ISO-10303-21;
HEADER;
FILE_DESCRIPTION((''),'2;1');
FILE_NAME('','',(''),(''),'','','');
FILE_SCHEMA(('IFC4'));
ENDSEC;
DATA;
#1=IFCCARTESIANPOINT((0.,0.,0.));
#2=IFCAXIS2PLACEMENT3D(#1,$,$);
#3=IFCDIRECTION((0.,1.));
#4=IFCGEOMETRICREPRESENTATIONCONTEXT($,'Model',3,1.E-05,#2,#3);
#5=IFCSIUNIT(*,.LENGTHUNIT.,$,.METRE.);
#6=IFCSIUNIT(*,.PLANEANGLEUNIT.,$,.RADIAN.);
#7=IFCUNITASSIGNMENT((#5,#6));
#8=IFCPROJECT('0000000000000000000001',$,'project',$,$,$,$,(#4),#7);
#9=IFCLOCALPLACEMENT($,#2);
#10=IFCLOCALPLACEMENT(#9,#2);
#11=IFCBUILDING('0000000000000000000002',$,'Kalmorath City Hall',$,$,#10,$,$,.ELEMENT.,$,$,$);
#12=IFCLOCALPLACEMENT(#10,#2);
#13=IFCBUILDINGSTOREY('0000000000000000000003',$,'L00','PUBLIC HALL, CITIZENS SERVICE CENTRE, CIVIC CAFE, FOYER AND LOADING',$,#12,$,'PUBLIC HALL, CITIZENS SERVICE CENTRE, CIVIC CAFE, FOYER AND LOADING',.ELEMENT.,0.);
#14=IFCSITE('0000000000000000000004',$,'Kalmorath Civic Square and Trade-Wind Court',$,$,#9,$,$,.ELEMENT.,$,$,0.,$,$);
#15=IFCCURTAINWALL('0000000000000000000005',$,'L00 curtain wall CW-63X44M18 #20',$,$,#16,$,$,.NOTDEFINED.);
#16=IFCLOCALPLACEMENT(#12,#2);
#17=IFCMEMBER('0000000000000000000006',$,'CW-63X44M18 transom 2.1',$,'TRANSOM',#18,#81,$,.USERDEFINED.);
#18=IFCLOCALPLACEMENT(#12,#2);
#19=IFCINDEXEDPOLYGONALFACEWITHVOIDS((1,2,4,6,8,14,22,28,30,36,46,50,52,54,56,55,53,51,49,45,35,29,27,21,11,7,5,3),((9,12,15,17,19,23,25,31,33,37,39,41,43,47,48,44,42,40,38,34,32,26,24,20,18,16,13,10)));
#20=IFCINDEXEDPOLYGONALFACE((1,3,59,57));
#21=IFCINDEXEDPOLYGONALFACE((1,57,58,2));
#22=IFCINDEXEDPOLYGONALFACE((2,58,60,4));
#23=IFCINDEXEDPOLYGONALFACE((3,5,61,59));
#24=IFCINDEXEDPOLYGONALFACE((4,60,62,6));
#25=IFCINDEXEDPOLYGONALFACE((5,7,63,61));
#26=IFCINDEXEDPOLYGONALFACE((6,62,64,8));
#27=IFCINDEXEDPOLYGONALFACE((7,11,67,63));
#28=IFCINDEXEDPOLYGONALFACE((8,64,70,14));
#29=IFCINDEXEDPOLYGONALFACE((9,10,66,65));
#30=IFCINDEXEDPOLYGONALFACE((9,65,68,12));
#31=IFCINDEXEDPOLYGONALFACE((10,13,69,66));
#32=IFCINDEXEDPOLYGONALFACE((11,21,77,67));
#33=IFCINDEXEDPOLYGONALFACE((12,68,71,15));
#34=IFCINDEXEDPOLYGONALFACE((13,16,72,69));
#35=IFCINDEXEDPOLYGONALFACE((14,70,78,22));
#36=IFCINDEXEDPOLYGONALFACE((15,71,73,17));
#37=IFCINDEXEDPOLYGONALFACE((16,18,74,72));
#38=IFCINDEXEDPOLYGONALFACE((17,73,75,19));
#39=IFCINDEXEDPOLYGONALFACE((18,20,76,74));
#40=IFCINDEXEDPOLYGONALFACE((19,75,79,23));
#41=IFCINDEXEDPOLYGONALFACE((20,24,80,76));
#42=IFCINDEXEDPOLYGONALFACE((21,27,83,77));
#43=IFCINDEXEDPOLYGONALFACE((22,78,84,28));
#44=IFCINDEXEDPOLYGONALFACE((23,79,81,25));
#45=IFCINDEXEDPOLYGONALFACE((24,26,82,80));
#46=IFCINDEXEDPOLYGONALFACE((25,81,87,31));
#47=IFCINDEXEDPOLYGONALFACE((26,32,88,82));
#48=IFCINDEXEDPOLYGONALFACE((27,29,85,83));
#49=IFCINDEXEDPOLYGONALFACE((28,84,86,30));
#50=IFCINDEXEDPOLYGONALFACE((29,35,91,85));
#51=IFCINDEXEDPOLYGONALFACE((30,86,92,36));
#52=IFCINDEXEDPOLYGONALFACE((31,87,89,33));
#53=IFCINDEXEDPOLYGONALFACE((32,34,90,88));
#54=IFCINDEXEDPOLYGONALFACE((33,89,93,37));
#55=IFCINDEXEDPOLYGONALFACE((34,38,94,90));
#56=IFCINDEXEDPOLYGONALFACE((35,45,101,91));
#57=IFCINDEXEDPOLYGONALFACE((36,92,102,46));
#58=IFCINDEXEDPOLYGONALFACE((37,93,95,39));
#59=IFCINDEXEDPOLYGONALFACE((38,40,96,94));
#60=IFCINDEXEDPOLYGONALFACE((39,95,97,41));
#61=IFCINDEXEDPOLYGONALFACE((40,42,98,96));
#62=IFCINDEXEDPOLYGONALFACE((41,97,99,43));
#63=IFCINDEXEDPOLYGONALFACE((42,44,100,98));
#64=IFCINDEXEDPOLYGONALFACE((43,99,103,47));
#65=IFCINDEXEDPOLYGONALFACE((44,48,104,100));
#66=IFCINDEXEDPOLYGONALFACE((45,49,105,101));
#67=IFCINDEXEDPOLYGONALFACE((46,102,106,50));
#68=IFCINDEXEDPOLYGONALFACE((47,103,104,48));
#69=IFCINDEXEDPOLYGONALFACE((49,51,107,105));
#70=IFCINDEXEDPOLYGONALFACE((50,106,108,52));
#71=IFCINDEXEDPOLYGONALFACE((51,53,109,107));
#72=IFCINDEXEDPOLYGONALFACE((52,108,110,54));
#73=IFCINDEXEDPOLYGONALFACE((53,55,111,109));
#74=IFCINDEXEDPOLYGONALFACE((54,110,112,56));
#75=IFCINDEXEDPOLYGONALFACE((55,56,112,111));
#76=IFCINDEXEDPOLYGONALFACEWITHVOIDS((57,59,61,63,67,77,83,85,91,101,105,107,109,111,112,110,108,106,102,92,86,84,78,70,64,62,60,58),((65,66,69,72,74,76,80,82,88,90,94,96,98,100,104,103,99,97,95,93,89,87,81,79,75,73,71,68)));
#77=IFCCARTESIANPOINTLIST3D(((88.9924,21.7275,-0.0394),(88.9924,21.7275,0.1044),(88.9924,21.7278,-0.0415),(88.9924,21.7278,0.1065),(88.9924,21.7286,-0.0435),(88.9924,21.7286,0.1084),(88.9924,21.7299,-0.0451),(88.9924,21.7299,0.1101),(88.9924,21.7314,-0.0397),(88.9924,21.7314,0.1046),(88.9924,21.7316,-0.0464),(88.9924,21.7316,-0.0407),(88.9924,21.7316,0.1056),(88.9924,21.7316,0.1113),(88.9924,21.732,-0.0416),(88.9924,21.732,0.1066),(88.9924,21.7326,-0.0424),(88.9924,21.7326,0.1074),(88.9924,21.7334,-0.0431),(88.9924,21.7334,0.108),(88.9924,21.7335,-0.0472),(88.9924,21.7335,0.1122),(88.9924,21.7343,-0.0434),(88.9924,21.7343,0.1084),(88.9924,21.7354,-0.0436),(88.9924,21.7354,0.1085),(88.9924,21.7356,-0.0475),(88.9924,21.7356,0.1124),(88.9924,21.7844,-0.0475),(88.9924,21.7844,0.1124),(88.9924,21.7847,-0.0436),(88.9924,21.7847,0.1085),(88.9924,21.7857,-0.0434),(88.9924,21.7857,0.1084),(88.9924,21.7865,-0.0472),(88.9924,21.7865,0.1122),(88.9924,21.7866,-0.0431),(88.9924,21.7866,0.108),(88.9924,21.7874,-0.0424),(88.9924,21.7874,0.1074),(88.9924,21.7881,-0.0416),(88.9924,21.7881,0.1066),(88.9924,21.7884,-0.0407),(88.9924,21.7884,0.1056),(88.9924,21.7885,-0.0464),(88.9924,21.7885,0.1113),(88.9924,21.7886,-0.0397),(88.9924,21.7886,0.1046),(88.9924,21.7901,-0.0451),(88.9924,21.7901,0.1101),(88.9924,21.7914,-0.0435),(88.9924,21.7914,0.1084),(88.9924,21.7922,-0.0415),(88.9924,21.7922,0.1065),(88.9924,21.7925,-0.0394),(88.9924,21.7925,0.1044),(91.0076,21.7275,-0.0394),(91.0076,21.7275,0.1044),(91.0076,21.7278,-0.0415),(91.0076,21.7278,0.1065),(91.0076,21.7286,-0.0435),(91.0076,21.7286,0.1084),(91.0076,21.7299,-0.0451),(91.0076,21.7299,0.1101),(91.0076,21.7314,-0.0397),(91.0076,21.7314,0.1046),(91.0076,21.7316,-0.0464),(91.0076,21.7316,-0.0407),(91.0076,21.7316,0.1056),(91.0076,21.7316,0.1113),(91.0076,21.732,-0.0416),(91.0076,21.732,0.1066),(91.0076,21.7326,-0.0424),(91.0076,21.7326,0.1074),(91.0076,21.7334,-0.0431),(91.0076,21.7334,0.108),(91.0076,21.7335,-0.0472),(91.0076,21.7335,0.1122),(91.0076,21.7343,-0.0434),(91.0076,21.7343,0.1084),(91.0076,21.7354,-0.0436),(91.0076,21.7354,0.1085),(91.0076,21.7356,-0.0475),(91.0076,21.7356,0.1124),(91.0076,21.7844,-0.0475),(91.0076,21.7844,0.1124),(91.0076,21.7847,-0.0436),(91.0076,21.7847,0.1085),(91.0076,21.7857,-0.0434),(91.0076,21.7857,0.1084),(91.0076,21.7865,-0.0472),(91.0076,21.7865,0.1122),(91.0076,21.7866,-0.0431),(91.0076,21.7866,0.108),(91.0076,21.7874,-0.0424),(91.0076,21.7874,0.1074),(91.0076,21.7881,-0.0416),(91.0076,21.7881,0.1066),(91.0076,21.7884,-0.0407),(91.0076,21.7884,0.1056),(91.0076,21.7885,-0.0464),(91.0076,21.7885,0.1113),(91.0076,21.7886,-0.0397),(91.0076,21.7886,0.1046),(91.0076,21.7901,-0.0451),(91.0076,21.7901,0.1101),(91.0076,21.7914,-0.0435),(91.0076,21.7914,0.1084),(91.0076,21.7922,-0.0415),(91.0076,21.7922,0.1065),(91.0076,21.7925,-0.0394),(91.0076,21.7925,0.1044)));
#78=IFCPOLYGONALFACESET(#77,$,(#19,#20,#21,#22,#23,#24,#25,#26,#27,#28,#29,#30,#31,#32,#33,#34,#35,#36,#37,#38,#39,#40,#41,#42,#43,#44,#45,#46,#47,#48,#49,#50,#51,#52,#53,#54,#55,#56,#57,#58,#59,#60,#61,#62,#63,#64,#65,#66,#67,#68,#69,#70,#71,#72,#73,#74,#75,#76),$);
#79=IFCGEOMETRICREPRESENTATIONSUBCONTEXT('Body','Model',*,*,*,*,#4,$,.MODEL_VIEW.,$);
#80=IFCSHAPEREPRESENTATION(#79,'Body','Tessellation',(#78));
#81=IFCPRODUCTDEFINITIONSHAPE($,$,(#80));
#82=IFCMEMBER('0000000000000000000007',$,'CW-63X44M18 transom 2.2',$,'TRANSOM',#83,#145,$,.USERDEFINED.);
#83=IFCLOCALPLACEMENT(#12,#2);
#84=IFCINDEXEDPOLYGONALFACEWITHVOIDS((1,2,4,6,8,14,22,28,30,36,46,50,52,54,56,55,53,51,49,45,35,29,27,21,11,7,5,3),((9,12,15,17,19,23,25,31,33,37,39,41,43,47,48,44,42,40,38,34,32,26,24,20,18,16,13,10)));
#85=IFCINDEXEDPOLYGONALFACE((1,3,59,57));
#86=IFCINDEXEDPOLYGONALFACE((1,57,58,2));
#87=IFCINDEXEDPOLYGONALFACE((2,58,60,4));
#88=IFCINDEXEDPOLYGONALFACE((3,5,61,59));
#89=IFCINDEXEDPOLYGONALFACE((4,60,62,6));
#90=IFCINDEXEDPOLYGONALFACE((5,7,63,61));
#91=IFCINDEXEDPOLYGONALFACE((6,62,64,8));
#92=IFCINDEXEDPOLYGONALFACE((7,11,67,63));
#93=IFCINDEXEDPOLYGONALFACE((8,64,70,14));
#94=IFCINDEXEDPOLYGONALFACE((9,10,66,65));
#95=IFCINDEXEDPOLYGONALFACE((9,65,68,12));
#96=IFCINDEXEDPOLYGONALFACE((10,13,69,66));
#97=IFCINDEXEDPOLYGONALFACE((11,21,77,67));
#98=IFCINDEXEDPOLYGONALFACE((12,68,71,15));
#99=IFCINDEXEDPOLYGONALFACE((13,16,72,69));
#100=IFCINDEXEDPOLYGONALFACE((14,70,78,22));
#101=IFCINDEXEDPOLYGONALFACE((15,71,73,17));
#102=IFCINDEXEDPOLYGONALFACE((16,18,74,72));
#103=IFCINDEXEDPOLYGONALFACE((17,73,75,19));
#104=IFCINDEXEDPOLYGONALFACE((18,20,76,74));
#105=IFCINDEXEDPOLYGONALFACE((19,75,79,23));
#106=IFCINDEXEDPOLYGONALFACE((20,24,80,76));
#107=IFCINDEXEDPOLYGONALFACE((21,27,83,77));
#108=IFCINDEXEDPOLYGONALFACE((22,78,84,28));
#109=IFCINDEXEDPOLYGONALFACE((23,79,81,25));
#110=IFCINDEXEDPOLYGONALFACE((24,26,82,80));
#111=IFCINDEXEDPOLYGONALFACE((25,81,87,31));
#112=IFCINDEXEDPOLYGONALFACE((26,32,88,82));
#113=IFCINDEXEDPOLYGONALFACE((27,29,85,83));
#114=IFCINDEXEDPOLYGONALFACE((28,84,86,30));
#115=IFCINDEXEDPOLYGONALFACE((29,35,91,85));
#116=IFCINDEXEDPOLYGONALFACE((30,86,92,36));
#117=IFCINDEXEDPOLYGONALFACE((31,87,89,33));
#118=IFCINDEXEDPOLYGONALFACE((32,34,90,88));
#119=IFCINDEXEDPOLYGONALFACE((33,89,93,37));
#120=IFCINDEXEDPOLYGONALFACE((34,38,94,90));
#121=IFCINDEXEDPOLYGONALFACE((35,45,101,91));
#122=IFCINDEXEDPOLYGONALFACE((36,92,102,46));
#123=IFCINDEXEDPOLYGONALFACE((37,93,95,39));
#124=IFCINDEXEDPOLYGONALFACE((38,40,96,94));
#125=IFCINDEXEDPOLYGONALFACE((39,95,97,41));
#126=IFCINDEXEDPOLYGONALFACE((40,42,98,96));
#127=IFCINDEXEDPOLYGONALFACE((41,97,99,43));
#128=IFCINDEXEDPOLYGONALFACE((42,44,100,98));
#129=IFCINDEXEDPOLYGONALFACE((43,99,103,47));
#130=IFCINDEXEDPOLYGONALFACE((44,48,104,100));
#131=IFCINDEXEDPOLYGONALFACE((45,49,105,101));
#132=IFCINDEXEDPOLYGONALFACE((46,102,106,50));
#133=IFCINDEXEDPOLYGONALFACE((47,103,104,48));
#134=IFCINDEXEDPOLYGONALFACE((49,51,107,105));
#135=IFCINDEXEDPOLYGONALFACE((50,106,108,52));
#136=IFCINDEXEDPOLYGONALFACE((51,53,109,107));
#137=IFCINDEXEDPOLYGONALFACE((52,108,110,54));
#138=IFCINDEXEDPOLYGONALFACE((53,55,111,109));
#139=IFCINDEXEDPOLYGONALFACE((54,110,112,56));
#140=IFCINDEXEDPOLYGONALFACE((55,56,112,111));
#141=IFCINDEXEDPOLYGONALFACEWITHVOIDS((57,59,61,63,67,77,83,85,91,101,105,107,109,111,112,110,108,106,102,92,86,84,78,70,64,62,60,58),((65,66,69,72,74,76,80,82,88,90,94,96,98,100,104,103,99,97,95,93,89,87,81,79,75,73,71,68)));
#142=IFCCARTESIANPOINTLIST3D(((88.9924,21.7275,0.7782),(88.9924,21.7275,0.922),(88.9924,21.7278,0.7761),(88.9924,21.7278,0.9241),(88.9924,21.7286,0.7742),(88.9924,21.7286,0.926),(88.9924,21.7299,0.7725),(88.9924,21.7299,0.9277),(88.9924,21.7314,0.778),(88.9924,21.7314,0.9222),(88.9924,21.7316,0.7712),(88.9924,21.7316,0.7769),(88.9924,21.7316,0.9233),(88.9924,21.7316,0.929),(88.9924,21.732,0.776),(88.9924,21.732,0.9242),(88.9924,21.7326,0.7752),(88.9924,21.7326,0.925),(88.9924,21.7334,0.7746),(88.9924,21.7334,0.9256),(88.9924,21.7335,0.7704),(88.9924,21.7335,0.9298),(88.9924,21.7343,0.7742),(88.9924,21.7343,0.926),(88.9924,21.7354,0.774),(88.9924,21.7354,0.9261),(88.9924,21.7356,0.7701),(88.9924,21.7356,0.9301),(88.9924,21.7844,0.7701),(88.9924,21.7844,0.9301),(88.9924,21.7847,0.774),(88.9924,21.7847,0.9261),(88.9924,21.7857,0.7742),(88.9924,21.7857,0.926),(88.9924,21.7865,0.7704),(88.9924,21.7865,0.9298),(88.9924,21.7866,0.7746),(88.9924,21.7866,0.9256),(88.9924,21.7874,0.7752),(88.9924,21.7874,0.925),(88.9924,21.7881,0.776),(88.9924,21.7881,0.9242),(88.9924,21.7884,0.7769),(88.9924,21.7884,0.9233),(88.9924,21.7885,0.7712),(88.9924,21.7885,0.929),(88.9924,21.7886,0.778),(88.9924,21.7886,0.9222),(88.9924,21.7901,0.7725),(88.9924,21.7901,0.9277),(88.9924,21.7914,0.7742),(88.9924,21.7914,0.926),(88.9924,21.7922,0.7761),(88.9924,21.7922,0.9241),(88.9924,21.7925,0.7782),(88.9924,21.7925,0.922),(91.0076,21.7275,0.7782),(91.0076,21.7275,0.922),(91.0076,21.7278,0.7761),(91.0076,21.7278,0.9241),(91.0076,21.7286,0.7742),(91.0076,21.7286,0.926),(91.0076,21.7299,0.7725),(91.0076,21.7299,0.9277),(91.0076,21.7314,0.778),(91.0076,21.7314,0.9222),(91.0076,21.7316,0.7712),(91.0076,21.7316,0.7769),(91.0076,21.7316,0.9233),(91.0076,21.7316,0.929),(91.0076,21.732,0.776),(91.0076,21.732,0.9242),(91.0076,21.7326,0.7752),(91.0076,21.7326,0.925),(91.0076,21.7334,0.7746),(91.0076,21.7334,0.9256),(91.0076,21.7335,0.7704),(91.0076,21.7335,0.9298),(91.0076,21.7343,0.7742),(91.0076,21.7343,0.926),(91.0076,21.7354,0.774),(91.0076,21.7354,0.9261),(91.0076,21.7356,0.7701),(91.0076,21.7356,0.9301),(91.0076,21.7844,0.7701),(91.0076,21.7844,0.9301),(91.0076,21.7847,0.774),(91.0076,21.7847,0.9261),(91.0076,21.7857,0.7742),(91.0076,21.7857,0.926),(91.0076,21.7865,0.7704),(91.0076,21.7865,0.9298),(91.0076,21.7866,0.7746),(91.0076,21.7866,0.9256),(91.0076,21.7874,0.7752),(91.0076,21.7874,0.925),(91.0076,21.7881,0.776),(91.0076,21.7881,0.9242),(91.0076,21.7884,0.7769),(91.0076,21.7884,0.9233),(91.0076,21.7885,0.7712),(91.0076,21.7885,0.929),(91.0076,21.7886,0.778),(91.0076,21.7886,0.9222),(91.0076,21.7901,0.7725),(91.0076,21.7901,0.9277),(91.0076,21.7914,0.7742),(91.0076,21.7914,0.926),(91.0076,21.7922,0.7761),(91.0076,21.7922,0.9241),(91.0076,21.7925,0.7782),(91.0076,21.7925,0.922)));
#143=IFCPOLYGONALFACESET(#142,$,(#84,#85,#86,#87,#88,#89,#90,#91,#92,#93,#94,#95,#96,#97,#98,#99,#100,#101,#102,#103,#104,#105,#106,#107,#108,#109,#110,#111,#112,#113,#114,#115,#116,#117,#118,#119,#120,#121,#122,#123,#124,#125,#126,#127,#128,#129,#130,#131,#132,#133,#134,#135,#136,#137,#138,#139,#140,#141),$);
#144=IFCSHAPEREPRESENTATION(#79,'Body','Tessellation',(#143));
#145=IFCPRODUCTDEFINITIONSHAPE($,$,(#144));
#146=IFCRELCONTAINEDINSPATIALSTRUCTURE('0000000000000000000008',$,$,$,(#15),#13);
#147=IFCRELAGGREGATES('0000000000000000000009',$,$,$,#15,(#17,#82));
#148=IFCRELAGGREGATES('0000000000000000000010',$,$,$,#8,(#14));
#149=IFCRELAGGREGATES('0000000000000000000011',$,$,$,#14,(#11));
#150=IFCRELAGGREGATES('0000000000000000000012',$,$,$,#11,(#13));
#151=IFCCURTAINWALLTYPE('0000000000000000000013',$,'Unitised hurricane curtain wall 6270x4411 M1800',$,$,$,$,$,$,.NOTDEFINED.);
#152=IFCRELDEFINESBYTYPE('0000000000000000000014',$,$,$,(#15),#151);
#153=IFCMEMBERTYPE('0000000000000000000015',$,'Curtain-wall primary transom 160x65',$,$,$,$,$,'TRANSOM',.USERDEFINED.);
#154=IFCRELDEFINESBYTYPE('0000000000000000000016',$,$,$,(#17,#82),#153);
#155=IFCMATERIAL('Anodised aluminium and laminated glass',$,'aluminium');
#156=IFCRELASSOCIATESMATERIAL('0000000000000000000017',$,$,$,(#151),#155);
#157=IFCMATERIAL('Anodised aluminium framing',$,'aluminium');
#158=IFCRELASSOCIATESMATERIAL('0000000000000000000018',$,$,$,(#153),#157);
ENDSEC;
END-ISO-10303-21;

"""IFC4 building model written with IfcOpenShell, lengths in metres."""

from ifc_helpers import new_model, si_unit, direction, frame, origin, origin_2d, place, context, subcontext, project, spatial, hollow_rectangle, extrude, material, material_profile, profile_set, type_object, element, aggregate, save


model = new_model("IFC4")

# Units and contexts
model_context = context("Model", 3, precision=1e-05, world=origin(), true_north=direction((0.0, 1.0)))
body_context = subcontext(model_context, "Body", "Model", "MODEL_VIEW")
ifc_project = project(units=[si_unit("LENGTHUNIT", "METRE"), si_unit("PLANEANGLEUNIT", "RADIAN")], contexts=[model_context])

# Site, building, storey
site_placement = place(None, origin())
site = spatial("IfcSite", under=ifc_project, at=site_placement, Name="Kalmorath Civic Square and Trade-Wind Court", CompositionType="ELEMENT", RefElevation=0.0)
building_placement = place(site_placement, origin())
building = spatial("IfcBuilding", under=site, at=building_placement, Name="Kalmorath City Hall", CompositionType="ELEMENT")
storey_placement = place(building_placement, origin())
storey = spatial("IfcBuildingStorey", under=building, at=storey_placement, Name="L00", Description="PUBLIC HALL, CITIZENS SERVICE CENTRE, CIVIC CAFE, FOYER AND LOADING", LongName="PUBLIC HALL, CITIZENS SERVICE CENTRE, CIVIC CAFE, FOYER AND LOADING", CompositionType="ELEMENT", Elevation=0.0)

# Curtain wall, members
ifc_material_1 = material(Name="Anodised aluminium and laminated glass", Category="aluminium")
curtain_wall_type = type_object("IfcCurtainWallType", Name="Unitised hurricane curtain wall 6270x4411 M1800", PredefinedType="NOTDEFINED", material=ifc_material_1)
curtain_wall_placement = place(storey_placement, origin())
curtain_wall = element("IfcCurtainWall", 1, at=curtain_wall_placement, inside=storey, type_object=curtain_wall_type, Name="L00 curtain wall CW-63X44M18 #20", PredefinedType="NOTDEFINED")
ifc_material_2 = material(Name="Anodised aluminium framing", Category="aluminium")
ifc_material_profile_1 = material_profile(ifc_material_2, hollow_rectangle(XDim=0.0649, YDim=0.1599, WallThickness=0.0039, InnerFilletRadius=0.0039, OuterFilletRadius=0.0081, at=origin_2d()), Name="ALU-TRN-160X65X4")
ifc_profile_set_1 = profile_set([ifc_material_profile_1], Name="Anodised aluminium framing")
member_type_1 = type_object("IfcMemberType", Name="Curtain-wall primary transom 160x65", ElementType="TRANSOM", PredefinedType="USERDEFINED", material=ifc_profile_set_1)
member_1_placement = place(storey_placement, frame((91.0076, 21.76, 0.0325), z_axis=(-1.0, 0.0, 0.0), x_axis=(0.0, -1.0, 0.0)))
member_1 = element("IfcMember", 2, at=member_1_placement, type_object=member_type_1, Name="CW-63X44M18 transom 2.1", ObjectType="TRANSOM", PredefinedType="USERDEFINED", context=body_context, shape_type="SweptSolid", body=[
    extrude(hollow_rectangle(XDim=0.0649, YDim=0.1599, WallThickness=0.0039, InnerFilletRadius=0.0039, OuterFilletRadius=0.0081, at=origin_2d()), origin(), (0.0, 0.0, 1.0), 2.0151),
])
member_2_placement = place(storey_placement, frame((91.0076, 21.76, 0.8501), z_axis=(-1.0, 0.0, 0.0), x_axis=(0.0, -1.0, 0.0)))
member_2 = element("IfcMember", 3, at=member_2_placement, type_object=member_type_1, Name="CW-63X44M18 transom 2.2", ObjectType="TRANSOM", PredefinedType="USERDEFINED", context=body_context, shape_type="SweptSolid", body=[
    extrude(hollow_rectangle(XDim=0.0649, YDim=0.1599, WallThickness=0.0039, InnerFilletRadius=0.0039, OuterFilletRadius=0.0081, at=origin_2d()), origin(), (0.0, 0.0, 1.0), 2.0151),
])
aggregate(curtain_wall, [member_1, member_2])

save(model, "model.ifc")
